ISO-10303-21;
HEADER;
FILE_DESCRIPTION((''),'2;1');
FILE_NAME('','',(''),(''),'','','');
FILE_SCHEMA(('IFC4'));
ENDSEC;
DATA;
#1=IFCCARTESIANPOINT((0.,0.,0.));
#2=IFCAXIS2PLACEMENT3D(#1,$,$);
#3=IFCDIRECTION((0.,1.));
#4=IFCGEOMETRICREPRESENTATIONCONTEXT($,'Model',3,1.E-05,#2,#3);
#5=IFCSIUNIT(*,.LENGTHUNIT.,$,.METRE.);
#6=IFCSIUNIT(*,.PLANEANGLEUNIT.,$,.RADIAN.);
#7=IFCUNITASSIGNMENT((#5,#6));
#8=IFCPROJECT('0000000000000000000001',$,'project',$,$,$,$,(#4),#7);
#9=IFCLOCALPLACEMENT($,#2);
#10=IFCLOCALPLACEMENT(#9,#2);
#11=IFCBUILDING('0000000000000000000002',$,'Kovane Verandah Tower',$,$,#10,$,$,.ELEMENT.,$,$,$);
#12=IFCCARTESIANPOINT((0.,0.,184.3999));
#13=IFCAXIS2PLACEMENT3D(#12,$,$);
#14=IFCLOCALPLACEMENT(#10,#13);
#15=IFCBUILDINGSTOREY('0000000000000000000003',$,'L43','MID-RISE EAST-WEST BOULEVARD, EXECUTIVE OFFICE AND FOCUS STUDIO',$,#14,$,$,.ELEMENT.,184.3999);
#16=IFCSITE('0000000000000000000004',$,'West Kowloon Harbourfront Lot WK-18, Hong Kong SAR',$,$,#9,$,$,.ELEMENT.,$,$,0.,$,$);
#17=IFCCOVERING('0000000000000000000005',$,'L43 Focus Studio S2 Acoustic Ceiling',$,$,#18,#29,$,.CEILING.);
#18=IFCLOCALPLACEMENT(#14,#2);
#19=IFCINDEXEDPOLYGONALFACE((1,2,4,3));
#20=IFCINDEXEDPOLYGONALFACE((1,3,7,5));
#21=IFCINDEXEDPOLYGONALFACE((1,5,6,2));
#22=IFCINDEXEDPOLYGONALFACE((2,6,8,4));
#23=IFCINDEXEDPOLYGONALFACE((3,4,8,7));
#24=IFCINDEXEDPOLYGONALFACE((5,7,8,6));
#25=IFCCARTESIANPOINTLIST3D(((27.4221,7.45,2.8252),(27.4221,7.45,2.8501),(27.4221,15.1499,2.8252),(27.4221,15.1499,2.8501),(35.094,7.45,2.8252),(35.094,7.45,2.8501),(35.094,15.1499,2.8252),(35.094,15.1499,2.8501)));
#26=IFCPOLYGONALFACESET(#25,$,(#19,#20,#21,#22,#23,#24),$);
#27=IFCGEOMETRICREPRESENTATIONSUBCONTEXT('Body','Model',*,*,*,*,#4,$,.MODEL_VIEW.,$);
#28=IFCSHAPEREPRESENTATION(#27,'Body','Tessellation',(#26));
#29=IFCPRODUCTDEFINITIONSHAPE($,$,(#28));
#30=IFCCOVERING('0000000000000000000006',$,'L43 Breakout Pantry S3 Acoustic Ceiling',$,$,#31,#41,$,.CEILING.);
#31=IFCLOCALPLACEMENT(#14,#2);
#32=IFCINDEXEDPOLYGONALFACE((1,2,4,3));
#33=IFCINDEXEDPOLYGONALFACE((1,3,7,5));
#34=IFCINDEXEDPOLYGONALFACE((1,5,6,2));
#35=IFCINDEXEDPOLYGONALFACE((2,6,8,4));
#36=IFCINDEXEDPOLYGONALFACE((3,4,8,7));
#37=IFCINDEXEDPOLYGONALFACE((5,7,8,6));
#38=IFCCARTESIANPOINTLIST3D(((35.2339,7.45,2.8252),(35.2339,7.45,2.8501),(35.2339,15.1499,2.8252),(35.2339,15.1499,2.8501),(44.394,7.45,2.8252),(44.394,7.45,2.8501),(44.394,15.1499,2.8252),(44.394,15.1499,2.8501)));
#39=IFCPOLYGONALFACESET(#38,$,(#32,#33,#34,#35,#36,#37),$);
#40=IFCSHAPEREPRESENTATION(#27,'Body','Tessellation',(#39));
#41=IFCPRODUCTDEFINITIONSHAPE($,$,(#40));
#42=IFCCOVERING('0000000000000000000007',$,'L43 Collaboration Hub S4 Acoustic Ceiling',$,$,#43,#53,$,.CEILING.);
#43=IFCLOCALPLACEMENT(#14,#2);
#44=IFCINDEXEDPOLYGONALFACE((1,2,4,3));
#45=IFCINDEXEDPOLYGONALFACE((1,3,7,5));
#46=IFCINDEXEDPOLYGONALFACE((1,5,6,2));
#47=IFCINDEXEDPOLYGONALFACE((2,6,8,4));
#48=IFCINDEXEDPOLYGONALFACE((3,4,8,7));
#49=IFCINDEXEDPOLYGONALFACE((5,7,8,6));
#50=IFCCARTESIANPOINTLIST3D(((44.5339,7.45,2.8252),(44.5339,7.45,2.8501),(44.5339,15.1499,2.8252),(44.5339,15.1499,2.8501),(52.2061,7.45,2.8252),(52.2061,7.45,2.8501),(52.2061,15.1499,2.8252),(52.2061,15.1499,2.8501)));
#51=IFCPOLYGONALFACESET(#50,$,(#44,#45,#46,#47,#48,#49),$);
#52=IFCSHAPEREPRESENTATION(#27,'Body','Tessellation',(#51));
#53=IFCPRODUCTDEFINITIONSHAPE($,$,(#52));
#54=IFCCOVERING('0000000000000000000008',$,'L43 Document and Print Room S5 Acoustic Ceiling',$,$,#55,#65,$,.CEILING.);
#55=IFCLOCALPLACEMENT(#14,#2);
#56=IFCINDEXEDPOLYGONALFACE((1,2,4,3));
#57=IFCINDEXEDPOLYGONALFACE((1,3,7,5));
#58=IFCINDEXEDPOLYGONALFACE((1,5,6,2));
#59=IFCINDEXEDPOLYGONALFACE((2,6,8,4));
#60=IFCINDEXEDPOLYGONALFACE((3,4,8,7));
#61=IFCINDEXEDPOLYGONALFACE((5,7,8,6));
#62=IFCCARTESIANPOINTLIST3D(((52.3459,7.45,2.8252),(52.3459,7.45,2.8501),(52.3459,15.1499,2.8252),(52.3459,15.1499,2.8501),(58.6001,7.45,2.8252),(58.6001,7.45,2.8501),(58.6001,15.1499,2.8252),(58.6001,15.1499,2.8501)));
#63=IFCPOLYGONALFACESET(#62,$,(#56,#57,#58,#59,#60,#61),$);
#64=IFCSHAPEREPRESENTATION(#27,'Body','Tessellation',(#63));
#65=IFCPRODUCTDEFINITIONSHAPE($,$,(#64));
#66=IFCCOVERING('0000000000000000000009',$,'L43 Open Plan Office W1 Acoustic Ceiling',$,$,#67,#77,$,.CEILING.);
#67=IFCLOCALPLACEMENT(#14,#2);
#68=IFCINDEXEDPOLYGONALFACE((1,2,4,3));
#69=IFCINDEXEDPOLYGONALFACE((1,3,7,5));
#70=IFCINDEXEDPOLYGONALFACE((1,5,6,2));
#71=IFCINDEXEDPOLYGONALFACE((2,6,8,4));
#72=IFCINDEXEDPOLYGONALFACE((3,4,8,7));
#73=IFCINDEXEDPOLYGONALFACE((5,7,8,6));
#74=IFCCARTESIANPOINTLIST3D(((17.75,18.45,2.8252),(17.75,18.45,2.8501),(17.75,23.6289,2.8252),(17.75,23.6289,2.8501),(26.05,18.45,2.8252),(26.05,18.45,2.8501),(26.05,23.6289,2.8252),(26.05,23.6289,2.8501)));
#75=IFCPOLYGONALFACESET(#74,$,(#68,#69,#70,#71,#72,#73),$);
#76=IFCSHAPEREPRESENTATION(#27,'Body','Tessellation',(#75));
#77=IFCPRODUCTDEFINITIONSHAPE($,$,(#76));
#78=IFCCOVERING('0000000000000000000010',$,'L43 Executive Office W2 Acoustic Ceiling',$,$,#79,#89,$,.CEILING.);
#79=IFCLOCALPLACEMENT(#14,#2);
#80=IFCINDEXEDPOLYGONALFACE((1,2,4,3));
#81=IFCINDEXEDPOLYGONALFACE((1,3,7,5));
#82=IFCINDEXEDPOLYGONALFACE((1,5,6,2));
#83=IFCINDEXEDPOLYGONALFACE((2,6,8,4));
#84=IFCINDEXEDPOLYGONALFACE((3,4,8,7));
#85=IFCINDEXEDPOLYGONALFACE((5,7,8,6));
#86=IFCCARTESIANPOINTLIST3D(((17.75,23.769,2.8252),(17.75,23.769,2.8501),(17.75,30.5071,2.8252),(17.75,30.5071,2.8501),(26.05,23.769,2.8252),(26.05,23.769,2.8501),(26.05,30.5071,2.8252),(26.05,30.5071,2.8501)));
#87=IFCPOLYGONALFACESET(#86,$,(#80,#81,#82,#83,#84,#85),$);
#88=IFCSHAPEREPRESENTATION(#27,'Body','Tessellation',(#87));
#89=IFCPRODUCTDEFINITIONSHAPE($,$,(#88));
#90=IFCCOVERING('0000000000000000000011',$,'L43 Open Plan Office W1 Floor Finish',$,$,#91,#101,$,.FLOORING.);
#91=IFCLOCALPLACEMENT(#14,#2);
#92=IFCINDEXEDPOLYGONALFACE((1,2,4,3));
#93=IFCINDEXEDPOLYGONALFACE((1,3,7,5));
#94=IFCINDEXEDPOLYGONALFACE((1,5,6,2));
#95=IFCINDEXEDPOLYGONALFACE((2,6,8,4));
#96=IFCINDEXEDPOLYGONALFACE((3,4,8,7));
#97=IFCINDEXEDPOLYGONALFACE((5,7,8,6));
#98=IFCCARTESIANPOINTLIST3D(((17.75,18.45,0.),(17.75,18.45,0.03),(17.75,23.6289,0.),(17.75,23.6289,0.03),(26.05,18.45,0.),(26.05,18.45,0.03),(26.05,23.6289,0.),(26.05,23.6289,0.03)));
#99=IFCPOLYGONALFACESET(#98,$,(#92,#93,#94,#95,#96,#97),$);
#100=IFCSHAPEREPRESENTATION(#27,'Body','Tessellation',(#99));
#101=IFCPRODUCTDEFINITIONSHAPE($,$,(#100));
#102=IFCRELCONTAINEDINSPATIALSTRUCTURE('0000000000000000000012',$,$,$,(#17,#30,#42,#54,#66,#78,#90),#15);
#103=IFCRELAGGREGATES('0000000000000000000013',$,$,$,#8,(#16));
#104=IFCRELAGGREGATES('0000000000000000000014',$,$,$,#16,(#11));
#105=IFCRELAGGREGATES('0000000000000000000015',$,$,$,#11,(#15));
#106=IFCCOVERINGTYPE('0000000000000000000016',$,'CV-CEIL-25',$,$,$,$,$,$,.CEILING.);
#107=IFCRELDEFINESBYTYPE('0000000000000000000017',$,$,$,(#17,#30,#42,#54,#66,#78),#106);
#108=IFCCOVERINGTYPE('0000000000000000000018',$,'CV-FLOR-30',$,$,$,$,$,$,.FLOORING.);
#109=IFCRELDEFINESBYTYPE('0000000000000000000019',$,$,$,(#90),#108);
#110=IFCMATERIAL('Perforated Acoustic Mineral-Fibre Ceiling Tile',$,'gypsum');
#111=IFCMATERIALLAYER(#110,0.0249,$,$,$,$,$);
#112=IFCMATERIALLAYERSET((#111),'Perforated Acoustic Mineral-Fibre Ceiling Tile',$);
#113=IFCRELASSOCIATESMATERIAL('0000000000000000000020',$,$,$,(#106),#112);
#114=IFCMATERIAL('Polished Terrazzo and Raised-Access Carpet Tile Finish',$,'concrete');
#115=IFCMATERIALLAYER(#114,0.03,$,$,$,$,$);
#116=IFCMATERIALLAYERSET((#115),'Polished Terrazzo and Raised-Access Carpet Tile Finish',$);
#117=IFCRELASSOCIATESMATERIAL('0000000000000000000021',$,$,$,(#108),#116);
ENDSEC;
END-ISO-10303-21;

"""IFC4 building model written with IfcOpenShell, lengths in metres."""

from ifc_helpers import new_model, si_unit, direction, frame, origin, place, context, subcontext, project, spatial, polyline, outline, extrude, material, layer, layer_set, type_object, element, save


model = new_model("IFC4")

# Units and contexts
model_context = context("Model", 3, precision=1e-05, world=origin(), true_north=direction((0.0, 1.0)))
body_context = subcontext(model_context, "Body", "Model", "MODEL_VIEW")
ifc_project = project(units=[si_unit("LENGTHUNIT", "METRE"), si_unit("PLANEANGLEUNIT", "RADIAN")], contexts=[model_context])

# Site, building, storey
site_placement = place(None, origin())
site = spatial("IfcSite", under=ifc_project, at=site_placement, Name="West Kowloon Harbourfront Lot WK-18, Hong Kong SAR", CompositionType="ELEMENT", RefElevation=0.0)
building_placement = place(site_placement, origin())
building = spatial("IfcBuilding", under=site, at=building_placement, Name="Kovane Verandah Tower", CompositionType="ELEMENT")
storey_placement = place(building_placement, frame((0.0, 0.0, 184.3999)))
storey = spatial("IfcBuildingStorey", under=building, at=storey_placement, Name="L43", Description="MID-RISE EAST-WEST BOULEVARD, EXECUTIVE OFFICE AND FOCUS STUDIO", CompositionType="ELEMENT", Elevation=184.3999)

# Coverings
ifc_material_1 = material(Name="Perforated Acoustic Mineral-Fibre Ceiling Tile", Category="gypsum")
ifc_layer_1 = layer(ifc_material_1, 0.0249)
ifc_layer_set_1 = layer_set([ifc_layer_1], Name="Perforated Acoustic Mineral-Fibre Ceiling Tile")
covering_type_1 = type_object("IfcCoveringType", Name="CV-CEIL-25", PredefinedType="CEILING", material=ifc_layer_set_1)
covering_1_placement = place(storey_placement, frame((0.0, 0.0, 2.8252)))
element("IfcCovering", 1, at=covering_1_placement, inside=storey, type_object=covering_type_1, Name="L43 Focus Studio S2 Acoustic Ceiling", PredefinedType="CEILING", context=body_context, shape_type="SweptSolid", body=[
    extrude(outline(polyline([(27.4221, 7.45), (35.094, 7.45), (35.094, 15.1499), (27.4221, 15.1499), (27.4221, 7.45)])), origin(), (0.0, 0.0, 1.0), 0.0249),
])
covering_2_placement = place(storey_placement, frame((0.0, 0.0, 2.8252)))
element("IfcCovering", 2, at=covering_2_placement, inside=storey, type_object=covering_type_1, Name="L43 Breakout Pantry S3 Acoustic Ceiling", PredefinedType="CEILING", context=body_context, shape_type="SweptSolid", body=[
    extrude(outline(polyline([(35.2339, 7.45), (44.394, 7.45), (44.394, 15.1499), (35.2339, 15.1499), (35.2339, 7.45)])), origin(), (0.0, 0.0, 1.0), 0.0249),
])
covering_3_placement = place(storey_placement, frame((0.0, 0.0, 2.8252)))
element("IfcCovering", 3, at=covering_3_placement, inside=storey, type_object=covering_type_1, Name="L43 Collaboration Hub S4 Acoustic Ceiling", PredefinedType="CEILING", context=body_context, shape_type="SweptSolid", body=[
    extrude(outline(polyline([(44.5339, 7.45), (52.2061, 7.45), (52.2061, 15.1499), (44.5339, 15.1499), (44.5339, 7.45)])), origin(), (0.0, 0.0, 1.0), 0.0249),
])
covering_4_placement = place(storey_placement, frame((0.0, 0.0, 2.8252)))
element("IfcCovering", 4, at=covering_4_placement, inside=storey, type_object=covering_type_1, Name="L43 Document and Print Room S5 Acoustic Ceiling", PredefinedType="CEILING", context=body_context, shape_type="SweptSolid", body=[
    extrude(outline(polyline([(52.3459, 7.45), (58.6001, 7.45), (58.6001, 15.1499), (52.3459, 15.1499), (52.3459, 7.45)])), origin(), (0.0, 0.0, 1.0), 0.0249),
])
covering_5_placement = place(storey_placement, frame((0.0, 0.0, 2.8252)))
element("IfcCovering", 5, at=covering_5_placement, inside=storey, type_object=covering_type_1, Name="L43 Open Plan Office W1 Acoustic Ceiling", PredefinedType="CEILING", context=body_context, shape_type="SweptSolid", body=[
    extrude(outline(polyline([(17.75, 18.45), (26.05, 18.45), (26.05, 23.6289), (17.75, 23.6289), (17.75, 18.45)])), origin(), (0.0, 0.0, 1.0), 0.0249),
])
covering_6_placement = place(storey_placement, frame((0.0, 0.0, 2.8252)))
element("IfcCovering", 6, at=covering_6_placement, inside=storey, type_object=covering_type_1, Name="L43 Executive Office W2 Acoustic Ceiling", PredefinedType="CEILING", context=body_context, shape_type="SweptSolid", body=[
    extrude(outline(polyline([(17.75, 23.769), (26.05, 23.769), (26.05, 30.5071), (17.75, 30.5071), (17.75, 23.769)])), origin(), (0.0, 0.0, 1.0), 0.0249),
])
ifc_material_2 = material(Name="Polished Terrazzo and Raised-Access Carpet Tile Finish", Category="concrete")
ifc_layer_2 = layer(ifc_material_2, 0.03)
ifc_layer_set_2 = layer_set([ifc_layer_2], Name="Polished Terrazzo and Raised-Access Carpet Tile Finish")
covering_type_2 = type_object("IfcCoveringType", Name="CV-FLOR-30", PredefinedType="FLOORING", material=ifc_layer_set_2)
covering_7_placement = place(storey_placement, origin())
element("IfcCovering", 7, at=covering_7_placement, inside=storey, type_object=covering_type_2, Name="L43 Open Plan Office W1 Floor Finish", PredefinedType="FLOORING", context=body_context, shape_type="SweptSolid", body=[
    extrude(outline(polyline([(17.75, 18.45), (26.05, 18.45), (26.05, 23.6289), (17.75, 23.6289), (17.75, 18.45)])), origin(), (0.0, 0.0, 1.0), 0.03),
])

save(model, "model.ifc")
